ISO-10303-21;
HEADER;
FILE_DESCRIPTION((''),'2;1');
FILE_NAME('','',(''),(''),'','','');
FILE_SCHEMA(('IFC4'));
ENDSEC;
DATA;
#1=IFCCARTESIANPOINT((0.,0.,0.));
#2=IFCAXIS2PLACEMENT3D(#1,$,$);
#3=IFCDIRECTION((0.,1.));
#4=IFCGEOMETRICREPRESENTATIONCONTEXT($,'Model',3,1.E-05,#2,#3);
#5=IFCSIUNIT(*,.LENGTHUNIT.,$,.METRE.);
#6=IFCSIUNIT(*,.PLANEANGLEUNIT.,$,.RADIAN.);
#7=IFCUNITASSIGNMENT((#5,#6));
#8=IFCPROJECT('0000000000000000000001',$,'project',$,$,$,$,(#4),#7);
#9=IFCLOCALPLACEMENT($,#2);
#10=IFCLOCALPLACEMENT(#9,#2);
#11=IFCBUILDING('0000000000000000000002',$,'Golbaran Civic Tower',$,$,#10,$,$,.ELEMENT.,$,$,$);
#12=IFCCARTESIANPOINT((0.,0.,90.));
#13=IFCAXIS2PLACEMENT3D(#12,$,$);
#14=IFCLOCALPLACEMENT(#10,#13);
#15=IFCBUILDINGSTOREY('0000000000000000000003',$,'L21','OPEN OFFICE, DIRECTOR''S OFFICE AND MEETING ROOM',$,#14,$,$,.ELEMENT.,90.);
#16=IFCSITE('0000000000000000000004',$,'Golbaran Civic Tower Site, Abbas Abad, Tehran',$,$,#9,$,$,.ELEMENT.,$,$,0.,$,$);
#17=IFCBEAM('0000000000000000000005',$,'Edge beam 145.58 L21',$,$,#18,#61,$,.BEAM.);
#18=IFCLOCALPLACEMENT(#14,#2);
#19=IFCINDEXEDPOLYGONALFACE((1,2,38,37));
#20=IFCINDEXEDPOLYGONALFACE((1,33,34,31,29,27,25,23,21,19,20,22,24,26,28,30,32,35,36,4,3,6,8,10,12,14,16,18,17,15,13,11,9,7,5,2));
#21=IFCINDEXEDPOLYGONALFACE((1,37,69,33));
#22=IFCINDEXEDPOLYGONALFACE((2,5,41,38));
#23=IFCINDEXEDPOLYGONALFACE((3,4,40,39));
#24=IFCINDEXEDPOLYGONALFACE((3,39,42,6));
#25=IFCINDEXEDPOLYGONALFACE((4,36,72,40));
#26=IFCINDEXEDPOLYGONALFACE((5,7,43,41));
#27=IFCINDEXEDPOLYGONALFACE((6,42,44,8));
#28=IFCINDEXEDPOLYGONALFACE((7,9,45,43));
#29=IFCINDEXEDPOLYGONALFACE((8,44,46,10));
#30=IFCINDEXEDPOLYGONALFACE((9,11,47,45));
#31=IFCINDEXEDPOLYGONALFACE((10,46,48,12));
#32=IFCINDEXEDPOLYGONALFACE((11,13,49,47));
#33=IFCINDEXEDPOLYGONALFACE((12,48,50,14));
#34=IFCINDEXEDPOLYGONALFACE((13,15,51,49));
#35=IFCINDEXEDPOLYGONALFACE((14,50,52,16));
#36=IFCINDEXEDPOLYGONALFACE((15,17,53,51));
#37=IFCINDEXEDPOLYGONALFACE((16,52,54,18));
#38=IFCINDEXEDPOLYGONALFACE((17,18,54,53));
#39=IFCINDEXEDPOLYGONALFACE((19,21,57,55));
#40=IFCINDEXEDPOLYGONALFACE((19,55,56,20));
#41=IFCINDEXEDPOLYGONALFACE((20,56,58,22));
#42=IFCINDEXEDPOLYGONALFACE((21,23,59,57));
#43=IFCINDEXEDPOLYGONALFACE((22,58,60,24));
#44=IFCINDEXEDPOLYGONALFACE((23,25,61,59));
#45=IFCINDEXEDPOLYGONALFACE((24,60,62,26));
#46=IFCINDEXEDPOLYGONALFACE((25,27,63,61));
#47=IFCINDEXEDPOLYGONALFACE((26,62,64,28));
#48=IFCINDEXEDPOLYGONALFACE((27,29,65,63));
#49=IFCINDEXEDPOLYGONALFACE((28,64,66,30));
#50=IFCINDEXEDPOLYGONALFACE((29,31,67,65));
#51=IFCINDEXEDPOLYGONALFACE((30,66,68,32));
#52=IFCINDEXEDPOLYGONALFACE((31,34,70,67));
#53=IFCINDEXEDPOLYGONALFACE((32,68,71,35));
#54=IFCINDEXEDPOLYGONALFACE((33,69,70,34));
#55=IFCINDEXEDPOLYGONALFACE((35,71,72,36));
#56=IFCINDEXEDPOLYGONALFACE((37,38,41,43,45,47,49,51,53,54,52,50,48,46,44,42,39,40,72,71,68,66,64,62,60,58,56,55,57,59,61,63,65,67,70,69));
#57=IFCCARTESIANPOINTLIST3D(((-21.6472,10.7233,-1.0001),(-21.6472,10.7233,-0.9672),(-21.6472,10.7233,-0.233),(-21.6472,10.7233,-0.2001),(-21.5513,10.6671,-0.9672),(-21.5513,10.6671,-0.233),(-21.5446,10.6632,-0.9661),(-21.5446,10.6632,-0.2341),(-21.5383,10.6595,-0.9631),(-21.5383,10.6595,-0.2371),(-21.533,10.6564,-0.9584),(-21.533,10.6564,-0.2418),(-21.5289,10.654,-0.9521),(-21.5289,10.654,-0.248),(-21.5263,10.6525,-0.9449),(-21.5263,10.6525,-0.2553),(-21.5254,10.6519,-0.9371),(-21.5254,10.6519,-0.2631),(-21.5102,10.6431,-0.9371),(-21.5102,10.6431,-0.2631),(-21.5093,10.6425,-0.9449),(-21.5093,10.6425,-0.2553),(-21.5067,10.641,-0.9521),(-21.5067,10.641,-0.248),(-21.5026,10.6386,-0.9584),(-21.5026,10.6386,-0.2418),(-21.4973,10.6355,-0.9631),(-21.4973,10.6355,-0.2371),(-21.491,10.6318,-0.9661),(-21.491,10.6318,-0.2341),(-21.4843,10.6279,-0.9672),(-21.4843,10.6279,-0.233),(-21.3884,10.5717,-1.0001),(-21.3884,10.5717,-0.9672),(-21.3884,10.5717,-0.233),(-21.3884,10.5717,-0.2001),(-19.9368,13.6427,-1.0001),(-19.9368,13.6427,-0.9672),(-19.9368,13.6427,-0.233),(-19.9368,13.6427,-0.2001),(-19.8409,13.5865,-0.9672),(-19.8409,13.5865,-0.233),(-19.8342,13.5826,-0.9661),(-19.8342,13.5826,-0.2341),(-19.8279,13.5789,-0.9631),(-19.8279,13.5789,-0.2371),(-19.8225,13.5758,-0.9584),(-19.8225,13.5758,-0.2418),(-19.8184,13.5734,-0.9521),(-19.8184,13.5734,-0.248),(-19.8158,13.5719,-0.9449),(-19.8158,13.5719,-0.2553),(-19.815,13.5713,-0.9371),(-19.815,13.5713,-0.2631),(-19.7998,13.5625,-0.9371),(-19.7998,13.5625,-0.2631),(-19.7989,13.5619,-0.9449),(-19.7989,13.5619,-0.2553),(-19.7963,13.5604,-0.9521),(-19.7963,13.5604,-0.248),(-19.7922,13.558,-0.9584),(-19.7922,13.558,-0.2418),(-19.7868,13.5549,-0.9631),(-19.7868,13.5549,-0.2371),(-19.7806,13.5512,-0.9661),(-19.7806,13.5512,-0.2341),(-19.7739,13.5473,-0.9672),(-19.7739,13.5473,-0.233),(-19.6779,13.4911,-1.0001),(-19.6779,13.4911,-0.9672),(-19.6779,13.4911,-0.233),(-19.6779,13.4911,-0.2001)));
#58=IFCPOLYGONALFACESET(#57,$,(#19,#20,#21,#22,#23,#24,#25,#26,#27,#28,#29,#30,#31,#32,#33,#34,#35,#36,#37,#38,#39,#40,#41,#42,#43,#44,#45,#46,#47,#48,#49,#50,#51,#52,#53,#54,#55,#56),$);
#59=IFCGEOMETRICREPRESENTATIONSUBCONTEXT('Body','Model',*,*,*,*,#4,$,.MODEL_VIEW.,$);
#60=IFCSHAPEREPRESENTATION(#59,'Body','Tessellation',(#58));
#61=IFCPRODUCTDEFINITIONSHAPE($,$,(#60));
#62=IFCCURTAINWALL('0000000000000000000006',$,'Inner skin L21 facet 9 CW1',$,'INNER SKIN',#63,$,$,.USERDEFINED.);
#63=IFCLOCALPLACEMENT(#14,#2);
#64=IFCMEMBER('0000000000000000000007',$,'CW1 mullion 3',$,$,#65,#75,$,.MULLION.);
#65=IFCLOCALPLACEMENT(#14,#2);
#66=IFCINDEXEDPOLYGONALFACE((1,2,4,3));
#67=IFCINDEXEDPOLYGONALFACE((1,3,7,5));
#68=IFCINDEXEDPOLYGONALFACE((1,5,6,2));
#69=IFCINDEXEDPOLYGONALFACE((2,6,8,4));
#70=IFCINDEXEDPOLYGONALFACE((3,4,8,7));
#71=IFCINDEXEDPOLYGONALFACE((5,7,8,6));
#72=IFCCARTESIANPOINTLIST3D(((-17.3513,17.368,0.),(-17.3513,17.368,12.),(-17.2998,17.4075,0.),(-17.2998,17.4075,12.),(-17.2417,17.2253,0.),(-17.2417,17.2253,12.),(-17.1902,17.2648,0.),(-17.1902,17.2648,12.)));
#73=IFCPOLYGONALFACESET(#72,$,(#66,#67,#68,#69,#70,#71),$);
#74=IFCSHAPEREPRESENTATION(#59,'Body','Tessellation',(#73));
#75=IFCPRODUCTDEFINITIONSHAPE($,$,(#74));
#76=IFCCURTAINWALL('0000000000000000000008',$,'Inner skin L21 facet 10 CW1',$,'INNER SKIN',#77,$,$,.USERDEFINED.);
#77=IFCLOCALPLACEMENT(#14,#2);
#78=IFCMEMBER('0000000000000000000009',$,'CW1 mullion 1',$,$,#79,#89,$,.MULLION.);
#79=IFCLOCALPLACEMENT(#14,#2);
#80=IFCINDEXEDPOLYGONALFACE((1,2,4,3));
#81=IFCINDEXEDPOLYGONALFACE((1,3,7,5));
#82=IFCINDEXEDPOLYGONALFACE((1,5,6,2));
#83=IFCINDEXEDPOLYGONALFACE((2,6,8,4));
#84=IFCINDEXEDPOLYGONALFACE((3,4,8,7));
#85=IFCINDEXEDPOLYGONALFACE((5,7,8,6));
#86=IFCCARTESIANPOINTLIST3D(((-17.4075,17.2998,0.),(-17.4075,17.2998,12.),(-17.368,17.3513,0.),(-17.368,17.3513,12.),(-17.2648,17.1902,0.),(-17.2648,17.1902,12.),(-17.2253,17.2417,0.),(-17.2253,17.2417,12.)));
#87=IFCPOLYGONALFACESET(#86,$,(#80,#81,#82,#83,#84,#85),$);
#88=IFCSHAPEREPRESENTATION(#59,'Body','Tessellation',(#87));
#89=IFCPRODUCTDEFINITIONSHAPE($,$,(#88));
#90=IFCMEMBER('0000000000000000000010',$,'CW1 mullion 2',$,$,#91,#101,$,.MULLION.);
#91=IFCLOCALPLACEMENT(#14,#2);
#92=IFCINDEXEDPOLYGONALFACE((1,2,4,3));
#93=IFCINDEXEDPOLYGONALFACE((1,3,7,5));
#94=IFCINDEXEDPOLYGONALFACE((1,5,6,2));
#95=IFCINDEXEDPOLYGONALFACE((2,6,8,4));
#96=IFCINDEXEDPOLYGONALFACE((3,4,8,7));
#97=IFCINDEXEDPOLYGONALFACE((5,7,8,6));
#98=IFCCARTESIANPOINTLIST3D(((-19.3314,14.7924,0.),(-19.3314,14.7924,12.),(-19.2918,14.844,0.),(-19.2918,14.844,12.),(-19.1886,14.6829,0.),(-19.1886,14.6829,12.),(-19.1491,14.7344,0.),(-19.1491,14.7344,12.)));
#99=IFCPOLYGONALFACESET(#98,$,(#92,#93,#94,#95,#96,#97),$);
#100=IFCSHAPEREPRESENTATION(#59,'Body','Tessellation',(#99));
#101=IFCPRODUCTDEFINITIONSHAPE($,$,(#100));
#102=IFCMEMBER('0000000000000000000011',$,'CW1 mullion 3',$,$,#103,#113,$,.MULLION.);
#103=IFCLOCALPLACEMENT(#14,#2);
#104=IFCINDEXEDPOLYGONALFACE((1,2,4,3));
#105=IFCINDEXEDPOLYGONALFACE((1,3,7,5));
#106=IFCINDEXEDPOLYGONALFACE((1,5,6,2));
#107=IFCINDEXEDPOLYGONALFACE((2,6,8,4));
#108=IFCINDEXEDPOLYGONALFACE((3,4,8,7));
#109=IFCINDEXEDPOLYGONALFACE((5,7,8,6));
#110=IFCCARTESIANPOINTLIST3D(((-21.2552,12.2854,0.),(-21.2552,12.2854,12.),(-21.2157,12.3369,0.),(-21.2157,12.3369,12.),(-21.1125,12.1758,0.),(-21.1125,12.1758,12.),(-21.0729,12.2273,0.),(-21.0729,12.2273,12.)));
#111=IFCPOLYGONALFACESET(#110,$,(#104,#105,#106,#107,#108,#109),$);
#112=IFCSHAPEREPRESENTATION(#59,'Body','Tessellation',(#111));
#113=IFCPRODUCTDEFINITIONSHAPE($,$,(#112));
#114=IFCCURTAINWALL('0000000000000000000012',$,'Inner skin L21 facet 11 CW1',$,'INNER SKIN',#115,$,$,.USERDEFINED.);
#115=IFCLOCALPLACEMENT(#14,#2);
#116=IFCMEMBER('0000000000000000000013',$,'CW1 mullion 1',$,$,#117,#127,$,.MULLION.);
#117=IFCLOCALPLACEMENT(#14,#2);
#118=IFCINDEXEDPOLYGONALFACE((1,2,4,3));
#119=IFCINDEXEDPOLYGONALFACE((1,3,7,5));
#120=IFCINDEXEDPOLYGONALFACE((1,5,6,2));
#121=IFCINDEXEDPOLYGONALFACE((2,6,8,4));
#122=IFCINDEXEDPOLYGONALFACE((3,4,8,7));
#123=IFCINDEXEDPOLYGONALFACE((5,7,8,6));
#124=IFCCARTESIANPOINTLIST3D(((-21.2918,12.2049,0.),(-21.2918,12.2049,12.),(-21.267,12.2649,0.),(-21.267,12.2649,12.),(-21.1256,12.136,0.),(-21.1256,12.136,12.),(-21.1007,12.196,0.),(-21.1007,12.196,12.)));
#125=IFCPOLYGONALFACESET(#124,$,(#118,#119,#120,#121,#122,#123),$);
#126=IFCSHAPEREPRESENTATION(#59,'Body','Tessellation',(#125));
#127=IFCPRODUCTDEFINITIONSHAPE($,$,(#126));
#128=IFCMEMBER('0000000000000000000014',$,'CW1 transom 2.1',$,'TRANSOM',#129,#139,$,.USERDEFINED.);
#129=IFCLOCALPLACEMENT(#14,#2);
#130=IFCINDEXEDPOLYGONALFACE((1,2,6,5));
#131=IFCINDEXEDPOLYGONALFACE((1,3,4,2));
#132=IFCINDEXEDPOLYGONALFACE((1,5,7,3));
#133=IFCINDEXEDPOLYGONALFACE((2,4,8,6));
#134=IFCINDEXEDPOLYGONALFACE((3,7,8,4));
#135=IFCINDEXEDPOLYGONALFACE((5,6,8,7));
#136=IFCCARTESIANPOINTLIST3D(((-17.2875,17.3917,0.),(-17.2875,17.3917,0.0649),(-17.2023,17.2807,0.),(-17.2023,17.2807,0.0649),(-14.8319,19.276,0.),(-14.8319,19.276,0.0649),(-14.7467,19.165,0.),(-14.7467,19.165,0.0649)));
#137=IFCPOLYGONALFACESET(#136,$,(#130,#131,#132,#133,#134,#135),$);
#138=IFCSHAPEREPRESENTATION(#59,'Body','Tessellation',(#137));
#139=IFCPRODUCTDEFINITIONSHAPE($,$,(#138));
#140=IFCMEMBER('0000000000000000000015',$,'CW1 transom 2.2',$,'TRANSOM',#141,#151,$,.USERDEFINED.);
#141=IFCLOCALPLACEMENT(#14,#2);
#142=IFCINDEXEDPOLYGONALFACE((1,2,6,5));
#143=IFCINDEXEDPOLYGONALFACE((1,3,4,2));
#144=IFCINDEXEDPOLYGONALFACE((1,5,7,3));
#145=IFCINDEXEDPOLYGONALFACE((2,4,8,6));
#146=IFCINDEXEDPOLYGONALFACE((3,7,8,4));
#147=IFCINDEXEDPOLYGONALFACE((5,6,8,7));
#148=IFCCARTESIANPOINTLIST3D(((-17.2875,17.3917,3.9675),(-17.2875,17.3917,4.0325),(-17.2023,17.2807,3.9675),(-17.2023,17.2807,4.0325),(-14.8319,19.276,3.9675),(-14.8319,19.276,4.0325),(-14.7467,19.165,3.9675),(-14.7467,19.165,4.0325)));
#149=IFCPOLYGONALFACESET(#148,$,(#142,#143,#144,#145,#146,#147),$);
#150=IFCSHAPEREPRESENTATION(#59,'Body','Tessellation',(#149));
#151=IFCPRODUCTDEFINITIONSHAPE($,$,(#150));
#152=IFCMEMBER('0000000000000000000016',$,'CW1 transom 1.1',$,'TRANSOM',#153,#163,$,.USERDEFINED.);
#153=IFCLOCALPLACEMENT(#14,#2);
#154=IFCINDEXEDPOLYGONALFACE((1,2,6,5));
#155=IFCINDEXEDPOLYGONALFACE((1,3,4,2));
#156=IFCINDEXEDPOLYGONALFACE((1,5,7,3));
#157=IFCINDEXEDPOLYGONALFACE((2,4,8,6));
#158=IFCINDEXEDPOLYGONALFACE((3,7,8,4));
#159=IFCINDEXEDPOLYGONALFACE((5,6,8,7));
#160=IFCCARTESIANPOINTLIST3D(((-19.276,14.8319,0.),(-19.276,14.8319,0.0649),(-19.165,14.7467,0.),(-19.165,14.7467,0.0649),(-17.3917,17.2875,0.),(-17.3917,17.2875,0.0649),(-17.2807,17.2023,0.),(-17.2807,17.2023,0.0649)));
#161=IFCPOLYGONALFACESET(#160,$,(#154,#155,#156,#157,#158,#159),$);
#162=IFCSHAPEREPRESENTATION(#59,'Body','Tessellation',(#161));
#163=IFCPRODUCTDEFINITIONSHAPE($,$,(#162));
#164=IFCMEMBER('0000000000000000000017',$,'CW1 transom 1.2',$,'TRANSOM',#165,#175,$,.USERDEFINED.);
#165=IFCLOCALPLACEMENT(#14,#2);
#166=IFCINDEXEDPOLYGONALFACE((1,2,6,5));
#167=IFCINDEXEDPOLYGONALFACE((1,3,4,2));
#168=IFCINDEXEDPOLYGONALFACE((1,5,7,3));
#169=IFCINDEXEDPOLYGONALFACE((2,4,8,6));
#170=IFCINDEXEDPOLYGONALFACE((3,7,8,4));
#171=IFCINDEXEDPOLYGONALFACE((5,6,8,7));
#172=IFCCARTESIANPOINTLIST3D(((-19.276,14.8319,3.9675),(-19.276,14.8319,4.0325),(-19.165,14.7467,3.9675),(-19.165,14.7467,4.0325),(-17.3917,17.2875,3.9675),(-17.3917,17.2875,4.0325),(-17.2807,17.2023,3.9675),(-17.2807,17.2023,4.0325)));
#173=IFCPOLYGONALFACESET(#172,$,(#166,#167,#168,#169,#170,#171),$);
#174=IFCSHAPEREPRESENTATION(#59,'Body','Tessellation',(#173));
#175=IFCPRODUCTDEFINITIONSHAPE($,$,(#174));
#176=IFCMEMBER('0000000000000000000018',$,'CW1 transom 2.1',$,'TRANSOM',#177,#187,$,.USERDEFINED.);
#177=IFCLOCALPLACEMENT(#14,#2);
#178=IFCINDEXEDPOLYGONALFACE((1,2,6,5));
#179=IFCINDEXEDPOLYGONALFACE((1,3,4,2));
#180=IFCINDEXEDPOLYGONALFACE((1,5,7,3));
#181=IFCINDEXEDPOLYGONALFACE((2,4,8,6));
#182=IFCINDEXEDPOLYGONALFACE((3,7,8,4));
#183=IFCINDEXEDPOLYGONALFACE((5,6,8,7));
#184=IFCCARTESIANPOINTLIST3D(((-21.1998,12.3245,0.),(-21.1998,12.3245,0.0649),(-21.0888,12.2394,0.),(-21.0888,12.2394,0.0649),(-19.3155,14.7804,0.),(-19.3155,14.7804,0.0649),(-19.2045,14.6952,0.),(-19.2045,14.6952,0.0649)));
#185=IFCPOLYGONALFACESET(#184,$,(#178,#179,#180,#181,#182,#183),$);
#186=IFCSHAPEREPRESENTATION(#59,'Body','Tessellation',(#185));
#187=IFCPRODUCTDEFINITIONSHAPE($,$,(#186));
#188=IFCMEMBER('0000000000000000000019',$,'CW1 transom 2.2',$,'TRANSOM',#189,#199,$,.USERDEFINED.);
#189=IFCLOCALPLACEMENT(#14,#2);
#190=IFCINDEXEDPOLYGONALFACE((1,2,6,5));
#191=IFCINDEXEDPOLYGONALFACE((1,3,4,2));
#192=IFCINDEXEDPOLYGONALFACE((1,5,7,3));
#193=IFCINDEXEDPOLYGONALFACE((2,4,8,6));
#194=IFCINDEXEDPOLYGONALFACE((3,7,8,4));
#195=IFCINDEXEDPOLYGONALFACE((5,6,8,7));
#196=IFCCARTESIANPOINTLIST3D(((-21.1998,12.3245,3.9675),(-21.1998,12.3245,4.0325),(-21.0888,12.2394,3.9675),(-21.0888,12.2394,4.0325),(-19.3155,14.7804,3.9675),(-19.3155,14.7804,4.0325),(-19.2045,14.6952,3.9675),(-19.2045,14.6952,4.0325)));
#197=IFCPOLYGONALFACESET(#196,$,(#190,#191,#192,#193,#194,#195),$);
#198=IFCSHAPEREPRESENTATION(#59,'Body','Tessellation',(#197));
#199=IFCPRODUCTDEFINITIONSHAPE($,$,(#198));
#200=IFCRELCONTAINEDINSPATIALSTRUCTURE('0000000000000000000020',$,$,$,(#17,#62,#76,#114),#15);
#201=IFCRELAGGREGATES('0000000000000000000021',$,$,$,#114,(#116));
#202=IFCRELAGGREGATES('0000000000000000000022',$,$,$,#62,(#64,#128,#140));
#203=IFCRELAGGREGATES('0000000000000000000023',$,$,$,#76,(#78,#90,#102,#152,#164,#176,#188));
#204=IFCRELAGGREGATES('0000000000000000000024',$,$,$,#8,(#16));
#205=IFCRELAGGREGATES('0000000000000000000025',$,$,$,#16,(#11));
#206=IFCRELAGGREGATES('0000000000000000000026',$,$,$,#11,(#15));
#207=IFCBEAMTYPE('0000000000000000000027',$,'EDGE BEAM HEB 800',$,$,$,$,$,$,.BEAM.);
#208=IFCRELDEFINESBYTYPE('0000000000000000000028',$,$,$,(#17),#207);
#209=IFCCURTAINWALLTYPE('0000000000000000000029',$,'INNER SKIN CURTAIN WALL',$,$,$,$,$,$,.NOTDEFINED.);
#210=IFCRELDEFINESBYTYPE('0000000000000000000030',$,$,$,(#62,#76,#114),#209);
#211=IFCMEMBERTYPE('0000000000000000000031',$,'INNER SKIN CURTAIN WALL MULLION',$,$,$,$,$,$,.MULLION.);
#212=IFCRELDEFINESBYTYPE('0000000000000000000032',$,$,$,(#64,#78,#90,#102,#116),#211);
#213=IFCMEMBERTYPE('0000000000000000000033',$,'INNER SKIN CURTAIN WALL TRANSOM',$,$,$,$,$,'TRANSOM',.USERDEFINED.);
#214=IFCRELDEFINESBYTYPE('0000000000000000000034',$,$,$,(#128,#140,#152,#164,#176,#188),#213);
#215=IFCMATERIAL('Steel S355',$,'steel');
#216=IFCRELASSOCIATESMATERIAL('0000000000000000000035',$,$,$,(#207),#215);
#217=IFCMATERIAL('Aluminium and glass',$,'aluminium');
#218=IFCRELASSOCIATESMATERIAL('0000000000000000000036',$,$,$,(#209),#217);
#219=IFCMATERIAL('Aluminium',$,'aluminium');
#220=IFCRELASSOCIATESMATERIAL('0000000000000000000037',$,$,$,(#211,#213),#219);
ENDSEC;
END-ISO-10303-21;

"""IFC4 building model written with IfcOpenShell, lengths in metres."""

from ifc_helpers import new_model, si_unit, direction, frame, origin, origin_2d, place, context, subcontext, project, spatial, rectangle, i_section, extrude, material, material_profile, profile_set, type_object, element, aggregate, save


model = new_model("IFC4")

# Units and contexts
model_context = context("Model", 3, precision=1e-05, world=origin(), true_north=direction((0.0, 1.0)))
body_context = subcontext(model_context, "Body", "Model", "MODEL_VIEW")
ifc_project = project(units=[si_unit("LENGTHUNIT", "METRE"), si_unit("PLANEANGLEUNIT", "RADIAN")], contexts=[model_context])

# Site, building, storey
site_placement = place(None, origin())
site = spatial("IfcSite", under=ifc_project, at=site_placement, Name="Golbaran Civic Tower Site, Abbas Abad, Tehran", CompositionType="ELEMENT", RefElevation=0.0)
building_placement = place(site_placement, origin())
building = spatial("IfcBuilding", under=site, at=building_placement, Name="Golbaran Civic Tower", CompositionType="ELEMENT")
storey_placement = place(building_placement, frame((0.0, 0.0, 90.0)))
storey = spatial("IfcBuildingStorey", under=building, at=storey_placement, Name="L21", Description="OPEN OFFICE, DIRECTOR'S OFFICE AND MEETING ROOM", CompositionType="ELEMENT", Elevation=90.0)

# Beam
ifc_material_1 = material(Name="Steel S355", Category="steel")
ifc_material_profile_1 = material_profile(ifc_material_1, i_section(OverallWidth=0.3, OverallDepth=0.8, WebThickness=0.0176, FlangeThickness=0.033, FilletRadius=0.03, at=origin_2d()), Name="HEB 800")
ifc_profile_set_1 = profile_set([ifc_material_profile_1], Name="Steel S355")
beam_type = type_object("IfcBeamType", Name="EDGE BEAM HEB 800", PredefinedType="BEAM", material=ifc_profile_set_1)
beam_placement = place(storey_placement, frame((-19.8074, 13.5669, -0.6001), z_axis=(-0.505512, -0.86282, 0.0), x_axis=(0.86282, -0.505512, 0.0)))
element("IfcBeam", 1, at=beam_placement, inside=storey, type_object=beam_type, Name="Edge beam 145.58 L21", PredefinedType="BEAM", context=body_context, shape_type="SweptSolid", body=[
    extrude(i_section(OverallWidth=0.3, OverallDepth=0.8, WebThickness=0.0176, FlangeThickness=0.033, FilletRadius=0.03, at=origin_2d()), origin(), (0.0, 0.0, 1.0), 3.3835),
])

# Curtain wall, member
ifc_material_2 = material(Name="Aluminium and glass", Category="aluminium")
curtain_wall_type = type_object("IfcCurtainWallType", Name="INNER SKIN CURTAIN WALL", PredefinedType="NOTDEFINED", material=ifc_material_2)
curtain_wall_1_placement = place(storey_placement, origin())
curtain_wall_1 = element("IfcCurtainWall", 2, at=curtain_wall_1_placement, inside=storey, type_object=curtain_wall_type, Name="Inner skin L21 facet 9 CW1", ObjectType="INNER SKIN", PredefinedType="USERDEFINED")
ifc_material_3 = material(Name="Aluminium", Category="aluminium")
ifc_material_profile_2 = material_profile(ifc_material_3, rectangle(XDim=0.1799, YDim=0.0649, at=origin_2d()), Name="INNER SKIN CURTAIN WALL MULLION")
ifc_profile_set_2 = profile_set([ifc_material_profile_2], Name="Aluminium")
member_type_1 = type_object("IfcMemberType", Name="INNER SKIN CURTAIN WALL MULLION", PredefinedType="MULLION", material=ifc_profile_set_2)
member_1_placement = place(storey_placement, frame((-17.2708, 17.3164, 0.0), z_axis=(0.0, 0.0, 1.0), x_axis=(0.608761, -0.793353, 0.0)))
member_1 = element("IfcMember", 3, at=member_1_placement, type_object=member_type_1, Name="CW1 mullion 3", PredefinedType="MULLION", context=body_context, shape_type="SweptSolid", body=[
    extrude(rectangle(XDim=0.1799, YDim=0.0649, at=origin_2d()), origin(), (0.0, 0.0, 1.0), 12.0),
])

# Curtain wall, members
curtain_wall_2_placement = place(storey_placement, origin())
curtain_wall_2 = element("IfcCurtainWall", 4, at=curtain_wall_2_placement, inside=storey, type_object=curtain_wall_type, Name="Inner skin L21 facet 10 CW1", ObjectType="INNER SKIN", PredefinedType="USERDEFINED")
member_2_placement = place(storey_placement, frame((-17.3164, 17.2708, 0.0), z_axis=(0.0, 0.0, 1.0), x_axis=(0.793353, -0.608761, 0.0)))
member_2 = element("IfcMember", 5, at=member_2_placement, type_object=member_type_1, Name="CW1 mullion 1", PredefinedType="MULLION", context=body_context, shape_type="SweptSolid", body=[
    extrude(rectangle(XDim=0.1799, YDim=0.0649, at=origin_2d()), origin(), (0.0, 0.0, 1.0), 12.0),
])
member_3_placement = place(storey_placement, frame((-19.2402, 14.7634, 0.0), z_axis=(0.0, 0.0, 1.0), x_axis=(0.793353, -0.608761, 0.0)))
member_3 = element("IfcMember", 6, at=member_3_placement, type_object=member_type_1, Name="CW1 mullion 2", PredefinedType="MULLION", context=body_context, shape_type="SweptSolid", body=[
    extrude(rectangle(XDim=0.1799, YDim=0.0649, at=origin_2d()), origin(), (0.0, 0.0, 1.0), 12.0),
])
member_4_placement = place(storey_placement, frame((-21.1641, 12.2563, 0.0), z_axis=(0.0, 0.0, 1.0), x_axis=(0.793353, -0.608761, 0.0)))
member_4 = element("IfcMember", 7, at=member_4_placement, type_object=member_type_1, Name="CW1 mullion 3", PredefinedType="MULLION", context=body_context, shape_type="SweptSolid", body=[
    extrude(rectangle(XDim=0.1799, YDim=0.0649, at=origin_2d()), origin(), (0.0, 0.0, 1.0), 12.0),
])

# Curtain wall, member
curtain_wall_3_placement = place(storey_placement, origin())
curtain_wall_3 = element("IfcCurtainWall", 8, at=curtain_wall_3_placement, inside=storey, type_object=curtain_wall_type, Name="Inner skin L21 facet 11 CW1", ObjectType="INNER SKIN", PredefinedType="USERDEFINED")
member_5_placement = place(storey_placement, frame((-21.1963, 12.2004, 0.0), z_axis=(0.0, 0.0, 1.0), x_axis=(0.92388, -0.382683, 0.0)))
member_5 = element("IfcMember", 9, at=member_5_placement, type_object=member_type_1, Name="CW1 mullion 1", PredefinedType="MULLION", context=body_context, shape_type="SweptSolid", body=[
    extrude(rectangle(XDim=0.1799, YDim=0.0649, at=origin_2d()), origin(), (0.0, 0.0, 1.0), 12.0),
])

# Members
ifc_material_profile_3 = material_profile(ifc_material_3, rectangle(XDim=0.1399, YDim=0.0649, at=origin_2d()), Name="INNER SKIN CURTAIN WALL TRANSOM")
ifc_profile_set_3 = profile_set([ifc_material_profile_3], Name="Aluminium")
member_type_2 = type_object("IfcMemberType", Name="INNER SKIN CURTAIN WALL TRANSOM", ElementType="TRANSOM", PredefinedType="USERDEFINED", material=ifc_profile_set_3)
member_6_placement = place(storey_placement, frame((-14.7893, 19.2205, 0.0325), z_axis=(-0.793345, -0.608773, 0.0), x_axis=(0.608773, -0.793345, 0.0)))
member_6 = element("IfcMember", 10, at=member_6_placement, type_object=member_type_2, Name="CW1 transom 2.1", ObjectType="TRANSOM", PredefinedType="USERDEFINED", context=body_context, shape_type="SweptSolid", body=[
    extrude(rectangle(XDim=0.1399, YDim=0.0649, at=origin_2d()), origin(), (0.0, 0.0, 1.0), 3.0952),
])
member_7_placement = place(storey_placement, frame((-14.7893, 19.2205, 4.0), z_axis=(-0.793345, -0.608773, 0.0), x_axis=(0.608773, -0.793345, 0.0)))
member_7 = element("IfcMember", 11, at=member_7_placement, type_object=member_type_2, Name="CW1 transom 2.2", ObjectType="TRANSOM", PredefinedType="USERDEFINED", context=body_context, shape_type="SweptSolid", body=[
    extrude(rectangle(XDim=0.1399, YDim=0.0649, at=origin_2d()), origin(), (0.0, 0.0, 1.0), 3.0952),
])
member_8_placement = place(storey_placement, frame((-17.3362, 17.2449, 0.0325), z_axis=(-0.608773, -0.793345, 0.0), x_axis=(0.793345, -0.608773, 0.0)))
member_8 = element("IfcMember", 12, at=member_8_placement, type_object=member_type_2, Name="CW1 transom 1.1", ObjectType="TRANSOM", PredefinedType="USERDEFINED", context=body_context, shape_type="SweptSolid", body=[
    extrude(rectangle(XDim=0.1399, YDim=0.0649, at=origin_2d()), origin(), (0.0, 0.0, 1.0), 3.0952),
])
member_9_placement = place(storey_placement, frame((-17.3362, 17.2449, 4.0), z_axis=(-0.608773, -0.793345, 0.0), x_axis=(0.793345, -0.608773, 0.0)))
member_9 = element("IfcMember", 13, at=member_9_placement, type_object=member_type_2, Name="CW1 transom 1.2", ObjectType="TRANSOM", PredefinedType="USERDEFINED", context=body_context, shape_type="SweptSolid", body=[
    extrude(rectangle(XDim=0.1399, YDim=0.0649, at=origin_2d()), origin(), (0.0, 0.0, 1.0), 3.0952),
])
member_10_placement = place(storey_placement, frame((-19.26, 14.7378, 0.0325), z_axis=(-0.608735, -0.793374, 0.0), x_axis=(0.793374, -0.608735, 0.0)))
member_10 = element("IfcMember", 14, at=member_10_placement, type_object=member_type_2, Name="CW1 transom 2.1", ObjectType="TRANSOM", PredefinedType="USERDEFINED", context=body_context, shape_type="SweptSolid", body=[
    extrude(rectangle(XDim=0.1399, YDim=0.0649, at=origin_2d()), origin(), (0.0, 0.0, 1.0), 3.0955),
])
member_11_placement = place(storey_placement, frame((-19.26, 14.7378, 4.0), z_axis=(-0.608735, -0.793374, 0.0), x_axis=(0.793374, -0.608735, 0.0)))
member_11 = element("IfcMember", 15, at=member_11_placement, type_object=member_type_2, Name="CW1 transom 2.2", ObjectType="TRANSOM", PredefinedType="USERDEFINED", context=body_context, shape_type="SweptSolid", body=[
    extrude(rectangle(XDim=0.1399, YDim=0.0649, at=origin_2d()), origin(), (0.0, 0.0, 1.0), 3.0955),
])

aggregate(curtain_wall_3, [member_5])
aggregate(curtain_wall_1, [member_1, member_6, member_7])
aggregate(curtain_wall_2, [member_2, member_3, member_4, member_8, member_9, member_10, member_11])

save(model, "model.ifc")
